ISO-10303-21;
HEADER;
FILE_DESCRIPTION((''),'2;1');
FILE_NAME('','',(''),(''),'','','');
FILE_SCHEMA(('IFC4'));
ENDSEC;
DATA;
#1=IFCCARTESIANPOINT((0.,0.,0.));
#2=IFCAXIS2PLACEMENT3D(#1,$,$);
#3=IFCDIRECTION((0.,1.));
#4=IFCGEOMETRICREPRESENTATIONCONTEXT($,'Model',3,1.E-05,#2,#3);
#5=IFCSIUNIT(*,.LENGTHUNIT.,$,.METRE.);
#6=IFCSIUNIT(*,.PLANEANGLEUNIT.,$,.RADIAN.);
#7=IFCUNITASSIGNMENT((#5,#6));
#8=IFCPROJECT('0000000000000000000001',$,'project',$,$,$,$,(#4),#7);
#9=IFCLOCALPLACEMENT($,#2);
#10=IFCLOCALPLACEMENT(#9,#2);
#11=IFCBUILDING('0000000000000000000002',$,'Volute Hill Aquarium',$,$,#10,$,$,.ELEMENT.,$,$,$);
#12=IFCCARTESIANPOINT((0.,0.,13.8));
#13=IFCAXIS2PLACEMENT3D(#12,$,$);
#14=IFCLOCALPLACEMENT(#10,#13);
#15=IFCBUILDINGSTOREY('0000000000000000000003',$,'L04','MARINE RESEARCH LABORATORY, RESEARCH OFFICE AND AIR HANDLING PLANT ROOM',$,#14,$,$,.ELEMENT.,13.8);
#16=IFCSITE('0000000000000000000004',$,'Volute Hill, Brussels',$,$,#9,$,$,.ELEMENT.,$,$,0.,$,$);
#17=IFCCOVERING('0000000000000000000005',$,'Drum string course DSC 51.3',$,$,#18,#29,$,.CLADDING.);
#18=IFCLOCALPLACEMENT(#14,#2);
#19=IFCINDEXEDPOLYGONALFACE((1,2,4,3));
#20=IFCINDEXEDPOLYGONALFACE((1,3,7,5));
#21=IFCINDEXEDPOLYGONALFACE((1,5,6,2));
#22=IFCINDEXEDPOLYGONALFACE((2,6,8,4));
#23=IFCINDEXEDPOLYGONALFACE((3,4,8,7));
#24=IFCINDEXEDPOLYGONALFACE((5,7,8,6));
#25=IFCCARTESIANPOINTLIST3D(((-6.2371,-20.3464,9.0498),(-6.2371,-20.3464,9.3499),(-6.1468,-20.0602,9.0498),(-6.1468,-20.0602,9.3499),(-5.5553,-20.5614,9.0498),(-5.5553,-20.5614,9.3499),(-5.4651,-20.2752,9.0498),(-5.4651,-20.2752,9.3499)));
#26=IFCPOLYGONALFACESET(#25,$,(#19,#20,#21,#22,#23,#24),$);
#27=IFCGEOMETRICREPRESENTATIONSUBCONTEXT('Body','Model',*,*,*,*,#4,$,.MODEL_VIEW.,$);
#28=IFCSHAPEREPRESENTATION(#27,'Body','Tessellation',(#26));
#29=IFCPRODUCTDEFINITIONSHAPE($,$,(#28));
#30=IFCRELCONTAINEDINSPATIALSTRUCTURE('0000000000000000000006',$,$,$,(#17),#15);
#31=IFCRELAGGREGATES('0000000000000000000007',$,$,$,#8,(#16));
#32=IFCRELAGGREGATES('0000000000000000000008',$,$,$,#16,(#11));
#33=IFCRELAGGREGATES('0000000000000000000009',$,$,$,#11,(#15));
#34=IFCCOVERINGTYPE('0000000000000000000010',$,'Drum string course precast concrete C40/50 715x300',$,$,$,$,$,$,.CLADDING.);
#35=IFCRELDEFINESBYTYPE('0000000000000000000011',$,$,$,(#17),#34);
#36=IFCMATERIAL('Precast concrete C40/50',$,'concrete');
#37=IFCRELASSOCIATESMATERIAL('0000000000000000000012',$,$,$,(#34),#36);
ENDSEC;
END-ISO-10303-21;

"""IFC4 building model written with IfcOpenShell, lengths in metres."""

from ifc_helpers import new_model, si_unit, direction, frame, origin, origin_2d, place, context, subcontext, project, spatial, rectangle, extrude, material, type_object, element, save


model = new_model("IFC4")

# Units and contexts
model_context = context("Model", 3, precision=1e-05, world=origin(), true_north=direction((0.0, 1.0)))
body_context = subcontext(model_context, "Body", "Model", "MODEL_VIEW")
ifc_project = project(units=[si_unit("LENGTHUNIT", "METRE"), si_unit("PLANEANGLEUNIT", "RADIAN")], contexts=[model_context])

# Site, building, storey
site_placement = place(None, origin())
site = spatial("IfcSite", under=ifc_project, at=site_placement, Name="Volute Hill, Brussels", CompositionType="ELEMENT", RefElevation=0.0)
building_placement = place(site_placement, origin())
building = spatial("IfcBuilding", under=site, at=building_placement, Name="Volute Hill Aquarium", CompositionType="ELEMENT")
storey_placement = place(building_placement, frame((0.0, 0.0, 13.8)))
storey = spatial("IfcBuildingStorey", under=building, at=storey_placement, Name="L04", Description="MARINE RESEARCH LABORATORY, RESEARCH OFFICE AND AIR HANDLING PLANT ROOM", CompositionType="ELEMENT", Elevation=13.8)

# Covering
ifc_material_1 = material(Name="Precast concrete C40/50", Category="concrete")
covering_type_1 = type_object("IfcCoveringType", Name="Drum string course precast concrete C40/50 715x300", PredefinedType="CLADDING", material=ifc_material_1)
for number, where, z_axis, x_axis, name in (
    (1, (-5.8511, -20.3108, 9.0498), (0.0, 0.0, 1.0), (0.953717, -0.300706, 0.0), "Drum string course DSC 51.3"),
):
    element("IfcCovering", number, at=place(storey_placement, frame(where, z_axis=z_axis, x_axis=x_axis)), inside=storey, type_object=covering_type_1, Name=name, PredefinedType="CLADDING", context=body_context, shape_type="SweptSolid", body=[
        extrude(rectangle(XDim=0.7148, YDim=0.3, at=origin_2d()), origin(), (0.0, 0.0, 1.0), 0.3),
    ])

save(model, "model.ifc")
